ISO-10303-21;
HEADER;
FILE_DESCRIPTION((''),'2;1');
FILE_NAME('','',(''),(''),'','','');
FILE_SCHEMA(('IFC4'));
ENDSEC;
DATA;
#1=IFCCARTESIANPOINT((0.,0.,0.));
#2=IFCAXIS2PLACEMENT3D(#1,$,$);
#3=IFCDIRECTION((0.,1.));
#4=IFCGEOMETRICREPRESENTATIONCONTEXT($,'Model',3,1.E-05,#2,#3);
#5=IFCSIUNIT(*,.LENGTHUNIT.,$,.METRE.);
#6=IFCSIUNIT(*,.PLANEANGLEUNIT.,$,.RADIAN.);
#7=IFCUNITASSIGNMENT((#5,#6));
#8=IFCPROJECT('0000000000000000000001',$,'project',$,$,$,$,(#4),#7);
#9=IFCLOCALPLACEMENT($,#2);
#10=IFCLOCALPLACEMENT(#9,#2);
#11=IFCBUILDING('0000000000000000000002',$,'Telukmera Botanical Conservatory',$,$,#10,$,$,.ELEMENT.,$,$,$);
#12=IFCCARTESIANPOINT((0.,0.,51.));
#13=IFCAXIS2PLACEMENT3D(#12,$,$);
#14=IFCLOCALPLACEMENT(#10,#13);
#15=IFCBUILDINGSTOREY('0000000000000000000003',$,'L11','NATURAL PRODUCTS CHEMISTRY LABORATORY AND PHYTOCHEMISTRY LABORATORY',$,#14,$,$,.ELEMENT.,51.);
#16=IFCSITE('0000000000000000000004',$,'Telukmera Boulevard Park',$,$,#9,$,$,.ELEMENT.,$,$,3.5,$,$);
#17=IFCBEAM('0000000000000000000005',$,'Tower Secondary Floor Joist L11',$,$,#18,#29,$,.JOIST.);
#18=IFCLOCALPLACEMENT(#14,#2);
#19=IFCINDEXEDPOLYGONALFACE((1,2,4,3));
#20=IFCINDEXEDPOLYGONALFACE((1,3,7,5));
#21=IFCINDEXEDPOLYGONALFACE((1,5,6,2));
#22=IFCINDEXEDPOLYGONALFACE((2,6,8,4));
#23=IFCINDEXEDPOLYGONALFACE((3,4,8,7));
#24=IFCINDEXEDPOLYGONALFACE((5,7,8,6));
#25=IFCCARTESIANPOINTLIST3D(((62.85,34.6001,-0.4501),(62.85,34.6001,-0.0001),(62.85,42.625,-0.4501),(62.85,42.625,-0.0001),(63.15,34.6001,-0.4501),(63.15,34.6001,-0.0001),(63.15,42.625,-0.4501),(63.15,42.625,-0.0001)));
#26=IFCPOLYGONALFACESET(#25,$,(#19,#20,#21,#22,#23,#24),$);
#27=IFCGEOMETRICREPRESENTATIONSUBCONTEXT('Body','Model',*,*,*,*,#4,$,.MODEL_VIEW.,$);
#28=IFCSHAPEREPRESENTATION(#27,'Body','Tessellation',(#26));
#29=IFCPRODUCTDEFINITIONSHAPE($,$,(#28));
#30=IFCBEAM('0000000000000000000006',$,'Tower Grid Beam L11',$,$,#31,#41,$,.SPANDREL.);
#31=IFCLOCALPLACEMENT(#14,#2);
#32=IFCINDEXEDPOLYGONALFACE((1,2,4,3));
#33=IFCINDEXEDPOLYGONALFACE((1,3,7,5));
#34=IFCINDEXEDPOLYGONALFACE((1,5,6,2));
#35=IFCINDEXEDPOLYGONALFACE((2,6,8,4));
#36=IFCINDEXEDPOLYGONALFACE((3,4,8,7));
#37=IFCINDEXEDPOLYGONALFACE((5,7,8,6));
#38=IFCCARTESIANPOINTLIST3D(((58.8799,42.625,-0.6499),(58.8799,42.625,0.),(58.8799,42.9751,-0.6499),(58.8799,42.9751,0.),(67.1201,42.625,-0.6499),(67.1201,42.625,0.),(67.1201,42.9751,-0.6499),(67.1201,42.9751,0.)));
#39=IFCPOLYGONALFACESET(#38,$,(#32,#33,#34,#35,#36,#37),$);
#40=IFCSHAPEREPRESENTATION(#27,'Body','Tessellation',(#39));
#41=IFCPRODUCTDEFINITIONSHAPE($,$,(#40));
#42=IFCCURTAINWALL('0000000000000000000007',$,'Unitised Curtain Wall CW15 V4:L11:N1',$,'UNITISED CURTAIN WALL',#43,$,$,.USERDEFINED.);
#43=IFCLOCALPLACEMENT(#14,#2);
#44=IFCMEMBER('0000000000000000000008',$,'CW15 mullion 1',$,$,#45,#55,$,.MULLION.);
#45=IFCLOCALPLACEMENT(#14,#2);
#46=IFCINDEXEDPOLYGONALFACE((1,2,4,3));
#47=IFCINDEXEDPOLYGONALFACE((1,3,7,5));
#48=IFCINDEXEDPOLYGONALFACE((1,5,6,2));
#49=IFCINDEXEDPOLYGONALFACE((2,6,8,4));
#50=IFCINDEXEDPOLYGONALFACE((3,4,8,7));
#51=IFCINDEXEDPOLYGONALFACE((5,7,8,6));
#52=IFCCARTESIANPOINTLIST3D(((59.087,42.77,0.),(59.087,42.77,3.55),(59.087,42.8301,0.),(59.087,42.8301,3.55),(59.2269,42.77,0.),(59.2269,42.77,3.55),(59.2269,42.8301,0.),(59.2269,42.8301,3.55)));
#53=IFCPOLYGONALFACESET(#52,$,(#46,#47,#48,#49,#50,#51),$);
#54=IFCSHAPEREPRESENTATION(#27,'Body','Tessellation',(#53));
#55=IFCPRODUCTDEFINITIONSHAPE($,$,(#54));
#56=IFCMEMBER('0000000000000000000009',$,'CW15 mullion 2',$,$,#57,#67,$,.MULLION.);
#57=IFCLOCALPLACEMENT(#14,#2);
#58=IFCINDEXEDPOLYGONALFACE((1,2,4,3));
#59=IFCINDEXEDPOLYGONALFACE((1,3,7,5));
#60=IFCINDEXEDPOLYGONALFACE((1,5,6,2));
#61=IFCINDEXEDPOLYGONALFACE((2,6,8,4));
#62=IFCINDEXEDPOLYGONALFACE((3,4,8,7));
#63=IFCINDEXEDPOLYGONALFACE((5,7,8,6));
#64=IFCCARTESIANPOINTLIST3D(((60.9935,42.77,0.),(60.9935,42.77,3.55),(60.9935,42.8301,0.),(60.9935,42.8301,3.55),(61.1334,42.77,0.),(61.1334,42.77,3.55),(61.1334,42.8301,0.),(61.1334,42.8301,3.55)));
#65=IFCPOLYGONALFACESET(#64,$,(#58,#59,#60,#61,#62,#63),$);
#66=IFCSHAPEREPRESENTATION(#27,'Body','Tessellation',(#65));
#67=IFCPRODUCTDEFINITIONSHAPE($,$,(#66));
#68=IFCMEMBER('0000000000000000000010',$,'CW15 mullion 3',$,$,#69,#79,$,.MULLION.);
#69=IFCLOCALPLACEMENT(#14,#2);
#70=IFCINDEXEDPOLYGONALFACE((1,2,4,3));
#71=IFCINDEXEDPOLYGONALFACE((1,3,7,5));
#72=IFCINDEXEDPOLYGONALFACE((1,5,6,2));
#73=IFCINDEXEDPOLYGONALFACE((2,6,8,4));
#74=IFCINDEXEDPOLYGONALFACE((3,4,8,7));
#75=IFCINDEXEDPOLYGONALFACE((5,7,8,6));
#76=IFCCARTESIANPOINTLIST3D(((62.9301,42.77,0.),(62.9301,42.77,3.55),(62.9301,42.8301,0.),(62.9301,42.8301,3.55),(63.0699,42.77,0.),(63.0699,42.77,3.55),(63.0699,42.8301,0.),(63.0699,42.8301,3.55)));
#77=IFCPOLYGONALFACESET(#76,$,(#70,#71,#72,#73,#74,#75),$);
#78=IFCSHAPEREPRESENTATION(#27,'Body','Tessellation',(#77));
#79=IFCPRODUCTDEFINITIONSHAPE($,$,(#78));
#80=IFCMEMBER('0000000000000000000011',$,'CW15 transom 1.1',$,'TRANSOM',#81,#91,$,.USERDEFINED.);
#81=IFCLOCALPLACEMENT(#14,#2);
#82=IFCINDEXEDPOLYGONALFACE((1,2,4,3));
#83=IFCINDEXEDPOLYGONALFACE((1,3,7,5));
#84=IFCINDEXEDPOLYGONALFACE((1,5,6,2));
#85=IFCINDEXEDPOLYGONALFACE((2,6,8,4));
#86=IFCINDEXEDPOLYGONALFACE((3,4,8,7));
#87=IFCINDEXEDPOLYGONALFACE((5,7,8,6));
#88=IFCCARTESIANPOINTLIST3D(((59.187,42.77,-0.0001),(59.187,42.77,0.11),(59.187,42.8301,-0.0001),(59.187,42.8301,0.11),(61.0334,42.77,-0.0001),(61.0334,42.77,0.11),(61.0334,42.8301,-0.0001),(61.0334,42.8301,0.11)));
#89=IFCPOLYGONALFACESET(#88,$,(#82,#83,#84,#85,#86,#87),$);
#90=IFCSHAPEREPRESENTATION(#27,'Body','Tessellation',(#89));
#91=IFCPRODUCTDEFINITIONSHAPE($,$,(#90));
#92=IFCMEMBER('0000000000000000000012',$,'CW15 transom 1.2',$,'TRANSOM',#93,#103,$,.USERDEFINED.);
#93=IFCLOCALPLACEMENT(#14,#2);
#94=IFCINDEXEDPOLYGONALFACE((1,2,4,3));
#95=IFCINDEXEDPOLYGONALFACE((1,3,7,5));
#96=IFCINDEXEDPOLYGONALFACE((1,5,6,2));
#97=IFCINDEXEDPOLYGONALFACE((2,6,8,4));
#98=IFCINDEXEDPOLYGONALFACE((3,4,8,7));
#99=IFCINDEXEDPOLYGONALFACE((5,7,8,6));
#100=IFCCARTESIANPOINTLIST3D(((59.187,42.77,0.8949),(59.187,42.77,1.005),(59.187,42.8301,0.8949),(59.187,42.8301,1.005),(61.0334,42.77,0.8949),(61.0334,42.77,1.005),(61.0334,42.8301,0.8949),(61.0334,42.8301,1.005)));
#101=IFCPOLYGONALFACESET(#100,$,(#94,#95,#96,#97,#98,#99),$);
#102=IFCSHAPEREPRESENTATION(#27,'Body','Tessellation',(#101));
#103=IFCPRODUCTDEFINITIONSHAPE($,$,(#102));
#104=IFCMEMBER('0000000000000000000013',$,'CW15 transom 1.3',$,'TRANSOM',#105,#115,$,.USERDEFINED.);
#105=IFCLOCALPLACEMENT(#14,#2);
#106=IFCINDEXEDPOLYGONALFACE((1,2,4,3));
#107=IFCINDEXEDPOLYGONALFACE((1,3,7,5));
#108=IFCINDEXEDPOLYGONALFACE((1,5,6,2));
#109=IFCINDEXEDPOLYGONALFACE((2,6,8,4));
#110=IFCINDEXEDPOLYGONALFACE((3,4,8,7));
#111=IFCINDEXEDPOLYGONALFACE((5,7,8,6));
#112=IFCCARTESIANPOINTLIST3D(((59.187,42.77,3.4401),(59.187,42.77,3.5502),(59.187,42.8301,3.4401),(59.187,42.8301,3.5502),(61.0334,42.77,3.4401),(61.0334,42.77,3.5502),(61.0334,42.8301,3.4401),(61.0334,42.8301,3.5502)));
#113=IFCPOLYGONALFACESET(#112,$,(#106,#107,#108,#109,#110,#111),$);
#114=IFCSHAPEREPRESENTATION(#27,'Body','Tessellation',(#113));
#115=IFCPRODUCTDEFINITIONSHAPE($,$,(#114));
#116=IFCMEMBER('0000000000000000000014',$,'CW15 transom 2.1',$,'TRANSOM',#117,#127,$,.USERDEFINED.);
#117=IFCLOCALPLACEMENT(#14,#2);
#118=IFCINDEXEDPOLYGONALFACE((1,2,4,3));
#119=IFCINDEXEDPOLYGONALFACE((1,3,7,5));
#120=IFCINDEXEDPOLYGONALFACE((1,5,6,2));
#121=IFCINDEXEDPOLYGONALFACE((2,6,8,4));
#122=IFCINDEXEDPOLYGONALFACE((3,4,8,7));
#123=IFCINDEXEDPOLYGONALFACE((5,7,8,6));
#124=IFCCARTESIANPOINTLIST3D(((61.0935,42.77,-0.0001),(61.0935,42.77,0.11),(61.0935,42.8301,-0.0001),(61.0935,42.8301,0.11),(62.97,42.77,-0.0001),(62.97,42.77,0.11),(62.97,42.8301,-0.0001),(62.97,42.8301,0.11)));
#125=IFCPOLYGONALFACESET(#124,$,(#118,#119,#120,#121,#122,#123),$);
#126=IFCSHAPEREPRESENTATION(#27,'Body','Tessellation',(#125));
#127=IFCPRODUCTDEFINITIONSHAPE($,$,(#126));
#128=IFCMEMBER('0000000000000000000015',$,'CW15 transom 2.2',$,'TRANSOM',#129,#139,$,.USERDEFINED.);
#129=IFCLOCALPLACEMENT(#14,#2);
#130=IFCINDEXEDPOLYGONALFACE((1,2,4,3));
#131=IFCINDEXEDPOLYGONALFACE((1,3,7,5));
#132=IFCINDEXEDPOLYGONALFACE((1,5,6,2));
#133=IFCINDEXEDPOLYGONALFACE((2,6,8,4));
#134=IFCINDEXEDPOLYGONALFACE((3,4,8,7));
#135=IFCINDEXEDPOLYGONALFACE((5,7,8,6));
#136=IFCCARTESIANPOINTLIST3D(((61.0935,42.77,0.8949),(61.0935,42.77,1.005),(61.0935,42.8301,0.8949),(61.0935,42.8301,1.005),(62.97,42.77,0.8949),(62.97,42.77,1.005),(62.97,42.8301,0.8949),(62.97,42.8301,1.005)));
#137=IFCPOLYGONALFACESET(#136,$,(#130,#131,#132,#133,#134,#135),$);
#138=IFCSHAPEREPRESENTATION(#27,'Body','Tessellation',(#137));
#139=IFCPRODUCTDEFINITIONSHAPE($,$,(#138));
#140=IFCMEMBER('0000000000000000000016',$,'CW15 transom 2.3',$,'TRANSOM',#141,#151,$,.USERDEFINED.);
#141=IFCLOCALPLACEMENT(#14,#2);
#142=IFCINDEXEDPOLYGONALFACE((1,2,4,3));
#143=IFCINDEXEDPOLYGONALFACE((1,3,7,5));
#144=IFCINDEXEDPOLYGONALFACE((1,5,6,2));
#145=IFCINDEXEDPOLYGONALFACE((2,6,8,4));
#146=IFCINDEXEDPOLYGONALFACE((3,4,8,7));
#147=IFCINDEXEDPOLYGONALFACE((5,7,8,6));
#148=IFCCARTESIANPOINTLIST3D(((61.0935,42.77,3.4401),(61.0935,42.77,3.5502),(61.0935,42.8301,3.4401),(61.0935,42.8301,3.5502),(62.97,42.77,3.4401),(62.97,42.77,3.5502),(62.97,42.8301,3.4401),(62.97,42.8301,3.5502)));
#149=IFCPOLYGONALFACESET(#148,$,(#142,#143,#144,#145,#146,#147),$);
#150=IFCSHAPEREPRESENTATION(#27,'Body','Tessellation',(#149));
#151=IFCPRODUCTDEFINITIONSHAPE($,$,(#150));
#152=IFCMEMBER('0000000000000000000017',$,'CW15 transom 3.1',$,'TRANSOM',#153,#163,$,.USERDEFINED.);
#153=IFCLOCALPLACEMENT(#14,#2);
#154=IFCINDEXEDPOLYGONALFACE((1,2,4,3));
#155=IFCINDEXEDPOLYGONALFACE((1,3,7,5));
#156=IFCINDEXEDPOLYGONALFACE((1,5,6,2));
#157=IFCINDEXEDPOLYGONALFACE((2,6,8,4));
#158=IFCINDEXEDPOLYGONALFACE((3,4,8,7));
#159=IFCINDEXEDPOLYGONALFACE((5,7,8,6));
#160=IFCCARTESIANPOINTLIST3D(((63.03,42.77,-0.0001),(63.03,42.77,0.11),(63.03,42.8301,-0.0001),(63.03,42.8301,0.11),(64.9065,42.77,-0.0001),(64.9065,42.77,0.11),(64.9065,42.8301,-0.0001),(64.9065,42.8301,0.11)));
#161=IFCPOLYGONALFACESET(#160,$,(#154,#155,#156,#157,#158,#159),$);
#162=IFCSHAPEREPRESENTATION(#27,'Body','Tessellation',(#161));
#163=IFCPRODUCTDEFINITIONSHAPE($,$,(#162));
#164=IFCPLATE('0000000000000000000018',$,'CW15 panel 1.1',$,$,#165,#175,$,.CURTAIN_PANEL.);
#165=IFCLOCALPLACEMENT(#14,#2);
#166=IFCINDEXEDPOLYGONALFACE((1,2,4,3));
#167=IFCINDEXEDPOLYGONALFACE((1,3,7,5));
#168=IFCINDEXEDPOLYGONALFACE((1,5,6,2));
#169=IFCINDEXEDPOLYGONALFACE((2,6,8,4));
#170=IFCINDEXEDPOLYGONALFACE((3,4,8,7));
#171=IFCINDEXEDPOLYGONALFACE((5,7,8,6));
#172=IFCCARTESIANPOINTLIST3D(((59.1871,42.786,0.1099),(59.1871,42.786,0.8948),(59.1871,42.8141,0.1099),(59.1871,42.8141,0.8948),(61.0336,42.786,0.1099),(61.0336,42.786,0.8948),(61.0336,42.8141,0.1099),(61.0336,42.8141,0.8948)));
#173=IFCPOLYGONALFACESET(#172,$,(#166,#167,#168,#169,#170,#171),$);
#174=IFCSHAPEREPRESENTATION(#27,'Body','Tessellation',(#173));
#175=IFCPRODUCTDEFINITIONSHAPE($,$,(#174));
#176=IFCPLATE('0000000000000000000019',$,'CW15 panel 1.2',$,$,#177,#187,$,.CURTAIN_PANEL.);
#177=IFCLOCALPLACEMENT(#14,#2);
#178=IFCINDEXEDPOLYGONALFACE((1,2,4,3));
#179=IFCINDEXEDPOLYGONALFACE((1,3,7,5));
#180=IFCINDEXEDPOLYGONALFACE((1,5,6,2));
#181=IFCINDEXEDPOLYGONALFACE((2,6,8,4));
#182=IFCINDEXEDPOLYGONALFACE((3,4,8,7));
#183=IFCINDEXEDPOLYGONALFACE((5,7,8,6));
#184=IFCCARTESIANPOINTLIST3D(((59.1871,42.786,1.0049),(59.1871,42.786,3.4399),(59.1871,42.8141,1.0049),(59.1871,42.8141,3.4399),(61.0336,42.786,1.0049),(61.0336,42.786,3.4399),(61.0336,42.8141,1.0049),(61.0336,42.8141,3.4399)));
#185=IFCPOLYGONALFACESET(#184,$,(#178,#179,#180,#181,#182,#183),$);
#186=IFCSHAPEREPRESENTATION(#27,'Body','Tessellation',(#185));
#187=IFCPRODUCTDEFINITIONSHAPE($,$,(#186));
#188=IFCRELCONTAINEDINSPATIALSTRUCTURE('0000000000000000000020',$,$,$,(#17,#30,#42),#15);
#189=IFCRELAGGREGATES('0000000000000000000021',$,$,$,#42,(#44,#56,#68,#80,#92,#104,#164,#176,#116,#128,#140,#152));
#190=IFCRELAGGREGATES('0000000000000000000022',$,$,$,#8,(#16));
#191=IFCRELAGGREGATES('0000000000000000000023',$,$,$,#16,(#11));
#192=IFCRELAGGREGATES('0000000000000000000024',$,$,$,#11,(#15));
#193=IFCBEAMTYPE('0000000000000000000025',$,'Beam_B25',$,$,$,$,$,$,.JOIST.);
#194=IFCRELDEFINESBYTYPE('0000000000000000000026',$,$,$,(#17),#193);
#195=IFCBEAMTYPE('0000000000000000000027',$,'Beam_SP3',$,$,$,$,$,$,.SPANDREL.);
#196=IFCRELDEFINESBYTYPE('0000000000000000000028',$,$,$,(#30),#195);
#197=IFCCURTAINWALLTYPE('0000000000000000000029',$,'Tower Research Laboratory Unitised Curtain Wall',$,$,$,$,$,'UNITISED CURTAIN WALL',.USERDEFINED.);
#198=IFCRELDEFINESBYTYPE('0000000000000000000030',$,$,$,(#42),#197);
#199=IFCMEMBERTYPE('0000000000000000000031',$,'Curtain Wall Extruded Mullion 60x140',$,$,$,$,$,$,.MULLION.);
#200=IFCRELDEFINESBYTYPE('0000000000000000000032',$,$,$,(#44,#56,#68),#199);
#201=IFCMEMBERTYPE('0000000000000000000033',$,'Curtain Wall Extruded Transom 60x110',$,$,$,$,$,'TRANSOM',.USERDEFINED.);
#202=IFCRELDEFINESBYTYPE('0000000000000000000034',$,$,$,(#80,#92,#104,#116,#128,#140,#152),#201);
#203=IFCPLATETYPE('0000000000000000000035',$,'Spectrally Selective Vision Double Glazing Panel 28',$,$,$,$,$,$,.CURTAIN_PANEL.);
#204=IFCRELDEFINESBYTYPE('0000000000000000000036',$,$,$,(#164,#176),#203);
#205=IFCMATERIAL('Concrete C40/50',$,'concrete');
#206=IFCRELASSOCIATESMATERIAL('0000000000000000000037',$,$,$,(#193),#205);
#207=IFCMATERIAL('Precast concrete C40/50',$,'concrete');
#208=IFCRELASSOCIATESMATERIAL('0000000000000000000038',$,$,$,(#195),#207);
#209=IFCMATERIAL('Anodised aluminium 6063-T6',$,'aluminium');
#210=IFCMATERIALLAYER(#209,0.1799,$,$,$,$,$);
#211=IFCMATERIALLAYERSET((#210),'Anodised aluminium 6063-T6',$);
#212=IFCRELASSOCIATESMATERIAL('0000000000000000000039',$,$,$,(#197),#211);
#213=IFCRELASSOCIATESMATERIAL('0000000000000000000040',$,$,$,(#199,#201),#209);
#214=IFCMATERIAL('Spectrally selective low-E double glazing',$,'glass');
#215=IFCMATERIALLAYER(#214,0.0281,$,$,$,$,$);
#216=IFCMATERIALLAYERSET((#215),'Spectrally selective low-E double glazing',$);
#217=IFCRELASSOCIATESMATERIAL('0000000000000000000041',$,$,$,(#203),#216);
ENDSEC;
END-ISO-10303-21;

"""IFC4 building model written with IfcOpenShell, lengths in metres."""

from ifc_helpers import new_model, si_unit, direction, frame, origin, origin_2d, place, context, subcontext, project, spatial, rectangle, extrude, material, layer, layer_set, material_profile, profile_set, type_object, element, aggregate, save


model = new_model("IFC4")

# Units and contexts
model_context = context("Model", 3, precision=1e-05, world=origin(), true_north=direction((0.0, 1.0)))
body_context = subcontext(model_context, "Body", "Model", "MODEL_VIEW")
ifc_project = project(units=[si_unit("LENGTHUNIT", "METRE"), si_unit("PLANEANGLEUNIT", "RADIAN")], contexts=[model_context])

# Site, building, storey
site_placement = place(None, origin())
site = spatial("IfcSite", under=ifc_project, at=site_placement, Name="Telukmera Boulevard Park", CompositionType="ELEMENT", RefElevation=3.5)
building_placement = place(site_placement, origin())
building = spatial("IfcBuilding", under=site, at=building_placement, Name="Telukmera Botanical Conservatory", CompositionType="ELEMENT")
storey_placement = place(building_placement, frame((0.0, 0.0, 51.0)))
storey = spatial("IfcBuildingStorey", under=building, at=storey_placement, Name="L11", Description="NATURAL PRODUCTS CHEMISTRY LABORATORY AND PHYTOCHEMISTRY LABORATORY", CompositionType="ELEMENT", Elevation=51.0)

# Beams
ifc_material_1 = material(Name="Concrete C40/50", Category="concrete")
ifc_material_profile_1 = material_profile(ifc_material_1, rectangle(XDim=0.3, YDim=0.45, at=origin_2d()), Name="RC 300x450")
ifc_profile_set_1 = profile_set([ifc_material_profile_1], Name="Concrete C40/50")
beam_type_1 = type_object("IfcBeamType", Name="Beam_B25", PredefinedType="JOIST", material=ifc_profile_set_1)
beam_1_placement = place(storey_placement, frame((63.0, 34.6001, -0.2251), z_axis=(0.0, 1.0, 0.0), x_axis=(-1.0, 0.0, 0.0)))
element("IfcBeam", 1, at=beam_1_placement, inside=storey, type_object=beam_type_1, Name="Tower Secondary Floor Joist L11", PredefinedType="JOIST", context=body_context, shape_type="SweptSolid", body=[
    extrude(rectangle(XDim=0.3, YDim=0.45, at=origin_2d()), origin(), (0.0, 0.0, 1.0), 8.0249),
])
ifc_material_2 = material(Name="Precast concrete C40/50", Category="concrete")
ifc_material_profile_2 = material_profile(ifc_material_2, rectangle(XDim=0.3501, YDim=0.6499, at=origin_2d()), Name="PC 350x650")
ifc_profile_set_2 = profile_set([ifc_material_profile_2], Name="Precast concrete C40/50")
beam_type_2 = type_object("IfcBeamType", Name="Beam_SP3", PredefinedType="SPANDREL", material=ifc_profile_set_2)
beam_2_placement = place(storey_placement, frame((58.8799, 42.8, -0.325), z_axis=(1.0, 0.0, 0.0), x_axis=(0.0, 1.0, 0.0)))
element("IfcBeam", 2, at=beam_2_placement, inside=storey, type_object=beam_type_2, Name="Tower Grid Beam L11", PredefinedType="SPANDREL", context=body_context, shape_type="SweptSolid", body=[
    extrude(rectangle(XDim=0.3501, YDim=0.6499, at=origin_2d()), origin(), (0.0, 0.0, 1.0), 8.2402),
])

# Curtain wall, members, plates
ifc_material_3 = material(Name="Anodised aluminium 6063-T6", Category="aluminium")
ifc_layer_1 = layer(ifc_material_3, 0.1799)
ifc_layer_set_1 = layer_set([ifc_layer_1], Name="Anodised aluminium 6063-T6")
curtain_wall_type = type_object("IfcCurtainWallType", Name="Tower Research Laboratory Unitised Curtain Wall", ElementType="UNITISED CURTAIN WALL", PredefinedType="USERDEFINED", material=ifc_layer_set_1)
curtain_wall_placement = place(storey_placement, origin())
curtain_wall = element("IfcCurtainWall", 3, at=curtain_wall_placement, inside=storey, type_object=curtain_wall_type, Name="Unitised Curtain Wall CW15 V4:L11:N1", ObjectType="UNITISED CURTAIN WALL", PredefinedType="USERDEFINED")
ifc_material_profile_3 = material_profile(ifc_material_3, rectangle(XDim=0.0601, YDim=0.1399, at=origin_2d()), Name="ALU MULL 60x140")
ifc_profile_set_3 = profile_set([ifc_material_profile_3], Name="Anodised aluminium 6063-T6")
member_type_1 = type_object("IfcMemberType", Name="Curtain Wall Extruded Mullion 60x140", PredefinedType="MULLION", material=ifc_profile_set_3)
member_1_placement = place(storey_placement, frame((59.157, 42.8, 0.0), z_axis=(0.0, 0.0, 1.0), x_axis=(0.0, 1.0, 0.0)))
member_1 = element("IfcMember", 4, at=member_1_placement, type_object=member_type_1, Name="CW15 mullion 1", PredefinedType="MULLION", context=body_context, shape_type="SweptSolid", body=[
    extrude(rectangle(XDim=0.0601, YDim=0.1399, at=origin_2d()), origin(), (0.0, 0.0, 1.0), 3.55),
])
member_2_placement = place(storey_placement, frame((61.0635, 42.8, 0.0), z_axis=(0.0, 0.0, 1.0), x_axis=(0.0, 1.0, 0.0)))
member_2 = element("IfcMember", 5, at=member_2_placement, type_object=member_type_1, Name="CW15 mullion 2", PredefinedType="MULLION", context=body_context, shape_type="SweptSolid", body=[
    extrude(rectangle(XDim=0.0601, YDim=0.1399, at=origin_2d()), origin(), (0.0, 0.0, 1.0), 3.55),
])
member_3_placement = place(storey_placement, frame((63.0, 42.8, 0.0), z_axis=(0.0, 0.0, 1.0), x_axis=(0.0, 1.0, 0.0)))
member_3 = element("IfcMember", 6, at=member_3_placement, type_object=member_type_1, Name="CW15 mullion 3", PredefinedType="MULLION", context=body_context, shape_type="SweptSolid", body=[
    extrude(rectangle(XDim=0.0601, YDim=0.1399, at=origin_2d()), origin(), (0.0, 0.0, 1.0), 3.55),
])
ifc_material_profile_4 = material_profile(ifc_material_3, rectangle(XDim=0.0601, YDim=0.1101, at=origin_2d()), Name="ALU TRAN 60x110")
ifc_profile_set_4 = profile_set([ifc_material_profile_4], Name="Anodised aluminium 6063-T6")
member_type_2 = type_object("IfcMemberType", Name="Curtain Wall Extruded Transom 60x110", ElementType="TRANSOM", PredefinedType="USERDEFINED", material=ifc_profile_set_4)
member_4_placement = place(storey_placement, frame((59.187, 42.8, 0.0549), z_axis=(1.0, 0.0, 0.0), x_axis=(0.0, 1.0, 0.0)))
member_4 = element("IfcMember", 7, at=member_4_placement, type_object=member_type_2, Name="CW15 transom 1.1", ObjectType="TRANSOM", PredefinedType="USERDEFINED", context=body_context, shape_type="SweptSolid", body=[
    extrude(rectangle(XDim=0.0601, YDim=0.1101, at=origin_2d()), origin(), (0.0, 0.0, 1.0), 1.8464),
])
member_5_placement = place(storey_placement, frame((59.187, 42.8, 0.95), z_axis=(1.0, 0.0, 0.0), x_axis=(0.0, 1.0, 0.0)))
member_5 = element("IfcMember", 8, at=member_5_placement, type_object=member_type_2, Name="CW15 transom 1.2", ObjectType="TRANSOM", PredefinedType="USERDEFINED", context=body_context, shape_type="SweptSolid", body=[
    extrude(rectangle(XDim=0.0601, YDim=0.1101, at=origin_2d()), origin(), (0.0, 0.0, 1.0), 1.8464),
])
member_6_placement = place(storey_placement, frame((59.187, 42.8, 3.4951), z_axis=(1.0, 0.0, 0.0), x_axis=(0.0, 1.0, 0.0)))
member_6 = element("IfcMember", 9, at=member_6_placement, type_object=member_type_2, Name="CW15 transom 1.3", ObjectType="TRANSOM", PredefinedType="USERDEFINED", context=body_context, shape_type="SweptSolid", body=[
    extrude(rectangle(XDim=0.0601, YDim=0.1101, at=origin_2d()), origin(), (0.0, 0.0, 1.0), 1.8464),
])
member_7_placement = place(storey_placement, frame((61.0935, 42.8, 0.0549), z_axis=(1.0, 0.0, 0.0), x_axis=(0.0, 1.0, 0.0)))
member_7 = element("IfcMember", 10, at=member_7_placement, type_object=member_type_2, Name="CW15 transom 2.1", ObjectType="TRANSOM", PredefinedType="USERDEFINED", context=body_context, shape_type="SweptSolid", body=[
    extrude(rectangle(XDim=0.0601, YDim=0.1101, at=origin_2d()), origin(), (0.0, 0.0, 1.0), 1.8765),
])
member_8_placement = place(storey_placement, frame((61.0935, 42.8, 0.95), z_axis=(1.0, 0.0, 0.0), x_axis=(0.0, 1.0, 0.0)))
member_8 = element("IfcMember", 11, at=member_8_placement, type_object=member_type_2, Name="CW15 transom 2.2", ObjectType="TRANSOM", PredefinedType="USERDEFINED", context=body_context, shape_type="SweptSolid", body=[
    extrude(rectangle(XDim=0.0601, YDim=0.1101, at=origin_2d()), origin(), (0.0, 0.0, 1.0), 1.8765),
])
member_9_placement = place(storey_placement, frame((61.0935, 42.8, 3.4951), z_axis=(1.0, 0.0, 0.0), x_axis=(0.0, 1.0, 0.0)))
member_9 = element("IfcMember", 12, at=member_9_placement, type_object=member_type_2, Name="CW15 transom 2.3", ObjectType="TRANSOM", PredefinedType="USERDEFINED", context=body_context, shape_type="SweptSolid", body=[
    extrude(rectangle(XDim=0.0601, YDim=0.1101, at=origin_2d()), origin(), (0.0, 0.0, 1.0), 1.8765),
])
member_10_placement = place(storey_placement, frame((63.03, 42.8, 0.0549), z_axis=(1.0, 0.0, 0.0), x_axis=(0.0, 1.0, 0.0)))
member_10 = element("IfcMember", 13, at=member_10_placement, type_object=member_type_2, Name="CW15 transom 3.1", ObjectType="TRANSOM", PredefinedType="USERDEFINED", context=body_context, shape_type="SweptSolid", body=[
    extrude(rectangle(XDim=0.0601, YDim=0.1101, at=origin_2d()), origin(), (0.0, 0.0, 1.0), 1.8765),
])
ifc_material_4 = material(Name="Spectrally selective low-E double glazing", Category="glass")
ifc_layer_2 = layer(ifc_material_4, 0.0281)
ifc_layer_set_2 = layer_set([ifc_layer_2], Name="Spectrally selective low-E double glazing")
plate_type = type_object("IfcPlateType", Name="Spectrally Selective Vision Double Glazing Panel 28", PredefinedType="CURTAIN_PANEL", material=ifc_layer_set_2)
plate_1_placement = place(storey_placement, frame((60.1104, 42.8, 0.1099), z_axis=(0.0, 0.0, 1.0), x_axis=(1.0, 0.0, 0.0)))
plate_1 = element("IfcPlate", 14, at=plate_1_placement, type_object=plate_type, Name="CW15 panel 1.1", PredefinedType="CURTAIN_PANEL", context=body_context, shape_type="SweptSolid", body=[
    extrude(rectangle(XDim=1.8464, YDim=0.0281, at=origin_2d()), origin(), (0.0, 0.0, 1.0), 0.7849),
])
plate_2_placement = place(storey_placement, frame((60.1104, 42.8, 1.0049), z_axis=(0.0, 0.0, 1.0), x_axis=(1.0, 0.0, 0.0)))
plate_2 = element("IfcPlate", 15, at=plate_2_placement, type_object=plate_type, Name="CW15 panel 1.2", PredefinedType="CURTAIN_PANEL", context=body_context, shape_type="SweptSolid", body=[
    extrude(rectangle(XDim=1.8464, YDim=0.0281, at=origin_2d()), origin(), (0.0, 0.0, 1.0), 2.4351),
])
aggregate(curtain_wall, [member_1, member_2, member_3, member_4, member_5, member_6, plate_1, plate_2, member_7, member_8, member_9, member_10])

save(model, "model.ifc")
